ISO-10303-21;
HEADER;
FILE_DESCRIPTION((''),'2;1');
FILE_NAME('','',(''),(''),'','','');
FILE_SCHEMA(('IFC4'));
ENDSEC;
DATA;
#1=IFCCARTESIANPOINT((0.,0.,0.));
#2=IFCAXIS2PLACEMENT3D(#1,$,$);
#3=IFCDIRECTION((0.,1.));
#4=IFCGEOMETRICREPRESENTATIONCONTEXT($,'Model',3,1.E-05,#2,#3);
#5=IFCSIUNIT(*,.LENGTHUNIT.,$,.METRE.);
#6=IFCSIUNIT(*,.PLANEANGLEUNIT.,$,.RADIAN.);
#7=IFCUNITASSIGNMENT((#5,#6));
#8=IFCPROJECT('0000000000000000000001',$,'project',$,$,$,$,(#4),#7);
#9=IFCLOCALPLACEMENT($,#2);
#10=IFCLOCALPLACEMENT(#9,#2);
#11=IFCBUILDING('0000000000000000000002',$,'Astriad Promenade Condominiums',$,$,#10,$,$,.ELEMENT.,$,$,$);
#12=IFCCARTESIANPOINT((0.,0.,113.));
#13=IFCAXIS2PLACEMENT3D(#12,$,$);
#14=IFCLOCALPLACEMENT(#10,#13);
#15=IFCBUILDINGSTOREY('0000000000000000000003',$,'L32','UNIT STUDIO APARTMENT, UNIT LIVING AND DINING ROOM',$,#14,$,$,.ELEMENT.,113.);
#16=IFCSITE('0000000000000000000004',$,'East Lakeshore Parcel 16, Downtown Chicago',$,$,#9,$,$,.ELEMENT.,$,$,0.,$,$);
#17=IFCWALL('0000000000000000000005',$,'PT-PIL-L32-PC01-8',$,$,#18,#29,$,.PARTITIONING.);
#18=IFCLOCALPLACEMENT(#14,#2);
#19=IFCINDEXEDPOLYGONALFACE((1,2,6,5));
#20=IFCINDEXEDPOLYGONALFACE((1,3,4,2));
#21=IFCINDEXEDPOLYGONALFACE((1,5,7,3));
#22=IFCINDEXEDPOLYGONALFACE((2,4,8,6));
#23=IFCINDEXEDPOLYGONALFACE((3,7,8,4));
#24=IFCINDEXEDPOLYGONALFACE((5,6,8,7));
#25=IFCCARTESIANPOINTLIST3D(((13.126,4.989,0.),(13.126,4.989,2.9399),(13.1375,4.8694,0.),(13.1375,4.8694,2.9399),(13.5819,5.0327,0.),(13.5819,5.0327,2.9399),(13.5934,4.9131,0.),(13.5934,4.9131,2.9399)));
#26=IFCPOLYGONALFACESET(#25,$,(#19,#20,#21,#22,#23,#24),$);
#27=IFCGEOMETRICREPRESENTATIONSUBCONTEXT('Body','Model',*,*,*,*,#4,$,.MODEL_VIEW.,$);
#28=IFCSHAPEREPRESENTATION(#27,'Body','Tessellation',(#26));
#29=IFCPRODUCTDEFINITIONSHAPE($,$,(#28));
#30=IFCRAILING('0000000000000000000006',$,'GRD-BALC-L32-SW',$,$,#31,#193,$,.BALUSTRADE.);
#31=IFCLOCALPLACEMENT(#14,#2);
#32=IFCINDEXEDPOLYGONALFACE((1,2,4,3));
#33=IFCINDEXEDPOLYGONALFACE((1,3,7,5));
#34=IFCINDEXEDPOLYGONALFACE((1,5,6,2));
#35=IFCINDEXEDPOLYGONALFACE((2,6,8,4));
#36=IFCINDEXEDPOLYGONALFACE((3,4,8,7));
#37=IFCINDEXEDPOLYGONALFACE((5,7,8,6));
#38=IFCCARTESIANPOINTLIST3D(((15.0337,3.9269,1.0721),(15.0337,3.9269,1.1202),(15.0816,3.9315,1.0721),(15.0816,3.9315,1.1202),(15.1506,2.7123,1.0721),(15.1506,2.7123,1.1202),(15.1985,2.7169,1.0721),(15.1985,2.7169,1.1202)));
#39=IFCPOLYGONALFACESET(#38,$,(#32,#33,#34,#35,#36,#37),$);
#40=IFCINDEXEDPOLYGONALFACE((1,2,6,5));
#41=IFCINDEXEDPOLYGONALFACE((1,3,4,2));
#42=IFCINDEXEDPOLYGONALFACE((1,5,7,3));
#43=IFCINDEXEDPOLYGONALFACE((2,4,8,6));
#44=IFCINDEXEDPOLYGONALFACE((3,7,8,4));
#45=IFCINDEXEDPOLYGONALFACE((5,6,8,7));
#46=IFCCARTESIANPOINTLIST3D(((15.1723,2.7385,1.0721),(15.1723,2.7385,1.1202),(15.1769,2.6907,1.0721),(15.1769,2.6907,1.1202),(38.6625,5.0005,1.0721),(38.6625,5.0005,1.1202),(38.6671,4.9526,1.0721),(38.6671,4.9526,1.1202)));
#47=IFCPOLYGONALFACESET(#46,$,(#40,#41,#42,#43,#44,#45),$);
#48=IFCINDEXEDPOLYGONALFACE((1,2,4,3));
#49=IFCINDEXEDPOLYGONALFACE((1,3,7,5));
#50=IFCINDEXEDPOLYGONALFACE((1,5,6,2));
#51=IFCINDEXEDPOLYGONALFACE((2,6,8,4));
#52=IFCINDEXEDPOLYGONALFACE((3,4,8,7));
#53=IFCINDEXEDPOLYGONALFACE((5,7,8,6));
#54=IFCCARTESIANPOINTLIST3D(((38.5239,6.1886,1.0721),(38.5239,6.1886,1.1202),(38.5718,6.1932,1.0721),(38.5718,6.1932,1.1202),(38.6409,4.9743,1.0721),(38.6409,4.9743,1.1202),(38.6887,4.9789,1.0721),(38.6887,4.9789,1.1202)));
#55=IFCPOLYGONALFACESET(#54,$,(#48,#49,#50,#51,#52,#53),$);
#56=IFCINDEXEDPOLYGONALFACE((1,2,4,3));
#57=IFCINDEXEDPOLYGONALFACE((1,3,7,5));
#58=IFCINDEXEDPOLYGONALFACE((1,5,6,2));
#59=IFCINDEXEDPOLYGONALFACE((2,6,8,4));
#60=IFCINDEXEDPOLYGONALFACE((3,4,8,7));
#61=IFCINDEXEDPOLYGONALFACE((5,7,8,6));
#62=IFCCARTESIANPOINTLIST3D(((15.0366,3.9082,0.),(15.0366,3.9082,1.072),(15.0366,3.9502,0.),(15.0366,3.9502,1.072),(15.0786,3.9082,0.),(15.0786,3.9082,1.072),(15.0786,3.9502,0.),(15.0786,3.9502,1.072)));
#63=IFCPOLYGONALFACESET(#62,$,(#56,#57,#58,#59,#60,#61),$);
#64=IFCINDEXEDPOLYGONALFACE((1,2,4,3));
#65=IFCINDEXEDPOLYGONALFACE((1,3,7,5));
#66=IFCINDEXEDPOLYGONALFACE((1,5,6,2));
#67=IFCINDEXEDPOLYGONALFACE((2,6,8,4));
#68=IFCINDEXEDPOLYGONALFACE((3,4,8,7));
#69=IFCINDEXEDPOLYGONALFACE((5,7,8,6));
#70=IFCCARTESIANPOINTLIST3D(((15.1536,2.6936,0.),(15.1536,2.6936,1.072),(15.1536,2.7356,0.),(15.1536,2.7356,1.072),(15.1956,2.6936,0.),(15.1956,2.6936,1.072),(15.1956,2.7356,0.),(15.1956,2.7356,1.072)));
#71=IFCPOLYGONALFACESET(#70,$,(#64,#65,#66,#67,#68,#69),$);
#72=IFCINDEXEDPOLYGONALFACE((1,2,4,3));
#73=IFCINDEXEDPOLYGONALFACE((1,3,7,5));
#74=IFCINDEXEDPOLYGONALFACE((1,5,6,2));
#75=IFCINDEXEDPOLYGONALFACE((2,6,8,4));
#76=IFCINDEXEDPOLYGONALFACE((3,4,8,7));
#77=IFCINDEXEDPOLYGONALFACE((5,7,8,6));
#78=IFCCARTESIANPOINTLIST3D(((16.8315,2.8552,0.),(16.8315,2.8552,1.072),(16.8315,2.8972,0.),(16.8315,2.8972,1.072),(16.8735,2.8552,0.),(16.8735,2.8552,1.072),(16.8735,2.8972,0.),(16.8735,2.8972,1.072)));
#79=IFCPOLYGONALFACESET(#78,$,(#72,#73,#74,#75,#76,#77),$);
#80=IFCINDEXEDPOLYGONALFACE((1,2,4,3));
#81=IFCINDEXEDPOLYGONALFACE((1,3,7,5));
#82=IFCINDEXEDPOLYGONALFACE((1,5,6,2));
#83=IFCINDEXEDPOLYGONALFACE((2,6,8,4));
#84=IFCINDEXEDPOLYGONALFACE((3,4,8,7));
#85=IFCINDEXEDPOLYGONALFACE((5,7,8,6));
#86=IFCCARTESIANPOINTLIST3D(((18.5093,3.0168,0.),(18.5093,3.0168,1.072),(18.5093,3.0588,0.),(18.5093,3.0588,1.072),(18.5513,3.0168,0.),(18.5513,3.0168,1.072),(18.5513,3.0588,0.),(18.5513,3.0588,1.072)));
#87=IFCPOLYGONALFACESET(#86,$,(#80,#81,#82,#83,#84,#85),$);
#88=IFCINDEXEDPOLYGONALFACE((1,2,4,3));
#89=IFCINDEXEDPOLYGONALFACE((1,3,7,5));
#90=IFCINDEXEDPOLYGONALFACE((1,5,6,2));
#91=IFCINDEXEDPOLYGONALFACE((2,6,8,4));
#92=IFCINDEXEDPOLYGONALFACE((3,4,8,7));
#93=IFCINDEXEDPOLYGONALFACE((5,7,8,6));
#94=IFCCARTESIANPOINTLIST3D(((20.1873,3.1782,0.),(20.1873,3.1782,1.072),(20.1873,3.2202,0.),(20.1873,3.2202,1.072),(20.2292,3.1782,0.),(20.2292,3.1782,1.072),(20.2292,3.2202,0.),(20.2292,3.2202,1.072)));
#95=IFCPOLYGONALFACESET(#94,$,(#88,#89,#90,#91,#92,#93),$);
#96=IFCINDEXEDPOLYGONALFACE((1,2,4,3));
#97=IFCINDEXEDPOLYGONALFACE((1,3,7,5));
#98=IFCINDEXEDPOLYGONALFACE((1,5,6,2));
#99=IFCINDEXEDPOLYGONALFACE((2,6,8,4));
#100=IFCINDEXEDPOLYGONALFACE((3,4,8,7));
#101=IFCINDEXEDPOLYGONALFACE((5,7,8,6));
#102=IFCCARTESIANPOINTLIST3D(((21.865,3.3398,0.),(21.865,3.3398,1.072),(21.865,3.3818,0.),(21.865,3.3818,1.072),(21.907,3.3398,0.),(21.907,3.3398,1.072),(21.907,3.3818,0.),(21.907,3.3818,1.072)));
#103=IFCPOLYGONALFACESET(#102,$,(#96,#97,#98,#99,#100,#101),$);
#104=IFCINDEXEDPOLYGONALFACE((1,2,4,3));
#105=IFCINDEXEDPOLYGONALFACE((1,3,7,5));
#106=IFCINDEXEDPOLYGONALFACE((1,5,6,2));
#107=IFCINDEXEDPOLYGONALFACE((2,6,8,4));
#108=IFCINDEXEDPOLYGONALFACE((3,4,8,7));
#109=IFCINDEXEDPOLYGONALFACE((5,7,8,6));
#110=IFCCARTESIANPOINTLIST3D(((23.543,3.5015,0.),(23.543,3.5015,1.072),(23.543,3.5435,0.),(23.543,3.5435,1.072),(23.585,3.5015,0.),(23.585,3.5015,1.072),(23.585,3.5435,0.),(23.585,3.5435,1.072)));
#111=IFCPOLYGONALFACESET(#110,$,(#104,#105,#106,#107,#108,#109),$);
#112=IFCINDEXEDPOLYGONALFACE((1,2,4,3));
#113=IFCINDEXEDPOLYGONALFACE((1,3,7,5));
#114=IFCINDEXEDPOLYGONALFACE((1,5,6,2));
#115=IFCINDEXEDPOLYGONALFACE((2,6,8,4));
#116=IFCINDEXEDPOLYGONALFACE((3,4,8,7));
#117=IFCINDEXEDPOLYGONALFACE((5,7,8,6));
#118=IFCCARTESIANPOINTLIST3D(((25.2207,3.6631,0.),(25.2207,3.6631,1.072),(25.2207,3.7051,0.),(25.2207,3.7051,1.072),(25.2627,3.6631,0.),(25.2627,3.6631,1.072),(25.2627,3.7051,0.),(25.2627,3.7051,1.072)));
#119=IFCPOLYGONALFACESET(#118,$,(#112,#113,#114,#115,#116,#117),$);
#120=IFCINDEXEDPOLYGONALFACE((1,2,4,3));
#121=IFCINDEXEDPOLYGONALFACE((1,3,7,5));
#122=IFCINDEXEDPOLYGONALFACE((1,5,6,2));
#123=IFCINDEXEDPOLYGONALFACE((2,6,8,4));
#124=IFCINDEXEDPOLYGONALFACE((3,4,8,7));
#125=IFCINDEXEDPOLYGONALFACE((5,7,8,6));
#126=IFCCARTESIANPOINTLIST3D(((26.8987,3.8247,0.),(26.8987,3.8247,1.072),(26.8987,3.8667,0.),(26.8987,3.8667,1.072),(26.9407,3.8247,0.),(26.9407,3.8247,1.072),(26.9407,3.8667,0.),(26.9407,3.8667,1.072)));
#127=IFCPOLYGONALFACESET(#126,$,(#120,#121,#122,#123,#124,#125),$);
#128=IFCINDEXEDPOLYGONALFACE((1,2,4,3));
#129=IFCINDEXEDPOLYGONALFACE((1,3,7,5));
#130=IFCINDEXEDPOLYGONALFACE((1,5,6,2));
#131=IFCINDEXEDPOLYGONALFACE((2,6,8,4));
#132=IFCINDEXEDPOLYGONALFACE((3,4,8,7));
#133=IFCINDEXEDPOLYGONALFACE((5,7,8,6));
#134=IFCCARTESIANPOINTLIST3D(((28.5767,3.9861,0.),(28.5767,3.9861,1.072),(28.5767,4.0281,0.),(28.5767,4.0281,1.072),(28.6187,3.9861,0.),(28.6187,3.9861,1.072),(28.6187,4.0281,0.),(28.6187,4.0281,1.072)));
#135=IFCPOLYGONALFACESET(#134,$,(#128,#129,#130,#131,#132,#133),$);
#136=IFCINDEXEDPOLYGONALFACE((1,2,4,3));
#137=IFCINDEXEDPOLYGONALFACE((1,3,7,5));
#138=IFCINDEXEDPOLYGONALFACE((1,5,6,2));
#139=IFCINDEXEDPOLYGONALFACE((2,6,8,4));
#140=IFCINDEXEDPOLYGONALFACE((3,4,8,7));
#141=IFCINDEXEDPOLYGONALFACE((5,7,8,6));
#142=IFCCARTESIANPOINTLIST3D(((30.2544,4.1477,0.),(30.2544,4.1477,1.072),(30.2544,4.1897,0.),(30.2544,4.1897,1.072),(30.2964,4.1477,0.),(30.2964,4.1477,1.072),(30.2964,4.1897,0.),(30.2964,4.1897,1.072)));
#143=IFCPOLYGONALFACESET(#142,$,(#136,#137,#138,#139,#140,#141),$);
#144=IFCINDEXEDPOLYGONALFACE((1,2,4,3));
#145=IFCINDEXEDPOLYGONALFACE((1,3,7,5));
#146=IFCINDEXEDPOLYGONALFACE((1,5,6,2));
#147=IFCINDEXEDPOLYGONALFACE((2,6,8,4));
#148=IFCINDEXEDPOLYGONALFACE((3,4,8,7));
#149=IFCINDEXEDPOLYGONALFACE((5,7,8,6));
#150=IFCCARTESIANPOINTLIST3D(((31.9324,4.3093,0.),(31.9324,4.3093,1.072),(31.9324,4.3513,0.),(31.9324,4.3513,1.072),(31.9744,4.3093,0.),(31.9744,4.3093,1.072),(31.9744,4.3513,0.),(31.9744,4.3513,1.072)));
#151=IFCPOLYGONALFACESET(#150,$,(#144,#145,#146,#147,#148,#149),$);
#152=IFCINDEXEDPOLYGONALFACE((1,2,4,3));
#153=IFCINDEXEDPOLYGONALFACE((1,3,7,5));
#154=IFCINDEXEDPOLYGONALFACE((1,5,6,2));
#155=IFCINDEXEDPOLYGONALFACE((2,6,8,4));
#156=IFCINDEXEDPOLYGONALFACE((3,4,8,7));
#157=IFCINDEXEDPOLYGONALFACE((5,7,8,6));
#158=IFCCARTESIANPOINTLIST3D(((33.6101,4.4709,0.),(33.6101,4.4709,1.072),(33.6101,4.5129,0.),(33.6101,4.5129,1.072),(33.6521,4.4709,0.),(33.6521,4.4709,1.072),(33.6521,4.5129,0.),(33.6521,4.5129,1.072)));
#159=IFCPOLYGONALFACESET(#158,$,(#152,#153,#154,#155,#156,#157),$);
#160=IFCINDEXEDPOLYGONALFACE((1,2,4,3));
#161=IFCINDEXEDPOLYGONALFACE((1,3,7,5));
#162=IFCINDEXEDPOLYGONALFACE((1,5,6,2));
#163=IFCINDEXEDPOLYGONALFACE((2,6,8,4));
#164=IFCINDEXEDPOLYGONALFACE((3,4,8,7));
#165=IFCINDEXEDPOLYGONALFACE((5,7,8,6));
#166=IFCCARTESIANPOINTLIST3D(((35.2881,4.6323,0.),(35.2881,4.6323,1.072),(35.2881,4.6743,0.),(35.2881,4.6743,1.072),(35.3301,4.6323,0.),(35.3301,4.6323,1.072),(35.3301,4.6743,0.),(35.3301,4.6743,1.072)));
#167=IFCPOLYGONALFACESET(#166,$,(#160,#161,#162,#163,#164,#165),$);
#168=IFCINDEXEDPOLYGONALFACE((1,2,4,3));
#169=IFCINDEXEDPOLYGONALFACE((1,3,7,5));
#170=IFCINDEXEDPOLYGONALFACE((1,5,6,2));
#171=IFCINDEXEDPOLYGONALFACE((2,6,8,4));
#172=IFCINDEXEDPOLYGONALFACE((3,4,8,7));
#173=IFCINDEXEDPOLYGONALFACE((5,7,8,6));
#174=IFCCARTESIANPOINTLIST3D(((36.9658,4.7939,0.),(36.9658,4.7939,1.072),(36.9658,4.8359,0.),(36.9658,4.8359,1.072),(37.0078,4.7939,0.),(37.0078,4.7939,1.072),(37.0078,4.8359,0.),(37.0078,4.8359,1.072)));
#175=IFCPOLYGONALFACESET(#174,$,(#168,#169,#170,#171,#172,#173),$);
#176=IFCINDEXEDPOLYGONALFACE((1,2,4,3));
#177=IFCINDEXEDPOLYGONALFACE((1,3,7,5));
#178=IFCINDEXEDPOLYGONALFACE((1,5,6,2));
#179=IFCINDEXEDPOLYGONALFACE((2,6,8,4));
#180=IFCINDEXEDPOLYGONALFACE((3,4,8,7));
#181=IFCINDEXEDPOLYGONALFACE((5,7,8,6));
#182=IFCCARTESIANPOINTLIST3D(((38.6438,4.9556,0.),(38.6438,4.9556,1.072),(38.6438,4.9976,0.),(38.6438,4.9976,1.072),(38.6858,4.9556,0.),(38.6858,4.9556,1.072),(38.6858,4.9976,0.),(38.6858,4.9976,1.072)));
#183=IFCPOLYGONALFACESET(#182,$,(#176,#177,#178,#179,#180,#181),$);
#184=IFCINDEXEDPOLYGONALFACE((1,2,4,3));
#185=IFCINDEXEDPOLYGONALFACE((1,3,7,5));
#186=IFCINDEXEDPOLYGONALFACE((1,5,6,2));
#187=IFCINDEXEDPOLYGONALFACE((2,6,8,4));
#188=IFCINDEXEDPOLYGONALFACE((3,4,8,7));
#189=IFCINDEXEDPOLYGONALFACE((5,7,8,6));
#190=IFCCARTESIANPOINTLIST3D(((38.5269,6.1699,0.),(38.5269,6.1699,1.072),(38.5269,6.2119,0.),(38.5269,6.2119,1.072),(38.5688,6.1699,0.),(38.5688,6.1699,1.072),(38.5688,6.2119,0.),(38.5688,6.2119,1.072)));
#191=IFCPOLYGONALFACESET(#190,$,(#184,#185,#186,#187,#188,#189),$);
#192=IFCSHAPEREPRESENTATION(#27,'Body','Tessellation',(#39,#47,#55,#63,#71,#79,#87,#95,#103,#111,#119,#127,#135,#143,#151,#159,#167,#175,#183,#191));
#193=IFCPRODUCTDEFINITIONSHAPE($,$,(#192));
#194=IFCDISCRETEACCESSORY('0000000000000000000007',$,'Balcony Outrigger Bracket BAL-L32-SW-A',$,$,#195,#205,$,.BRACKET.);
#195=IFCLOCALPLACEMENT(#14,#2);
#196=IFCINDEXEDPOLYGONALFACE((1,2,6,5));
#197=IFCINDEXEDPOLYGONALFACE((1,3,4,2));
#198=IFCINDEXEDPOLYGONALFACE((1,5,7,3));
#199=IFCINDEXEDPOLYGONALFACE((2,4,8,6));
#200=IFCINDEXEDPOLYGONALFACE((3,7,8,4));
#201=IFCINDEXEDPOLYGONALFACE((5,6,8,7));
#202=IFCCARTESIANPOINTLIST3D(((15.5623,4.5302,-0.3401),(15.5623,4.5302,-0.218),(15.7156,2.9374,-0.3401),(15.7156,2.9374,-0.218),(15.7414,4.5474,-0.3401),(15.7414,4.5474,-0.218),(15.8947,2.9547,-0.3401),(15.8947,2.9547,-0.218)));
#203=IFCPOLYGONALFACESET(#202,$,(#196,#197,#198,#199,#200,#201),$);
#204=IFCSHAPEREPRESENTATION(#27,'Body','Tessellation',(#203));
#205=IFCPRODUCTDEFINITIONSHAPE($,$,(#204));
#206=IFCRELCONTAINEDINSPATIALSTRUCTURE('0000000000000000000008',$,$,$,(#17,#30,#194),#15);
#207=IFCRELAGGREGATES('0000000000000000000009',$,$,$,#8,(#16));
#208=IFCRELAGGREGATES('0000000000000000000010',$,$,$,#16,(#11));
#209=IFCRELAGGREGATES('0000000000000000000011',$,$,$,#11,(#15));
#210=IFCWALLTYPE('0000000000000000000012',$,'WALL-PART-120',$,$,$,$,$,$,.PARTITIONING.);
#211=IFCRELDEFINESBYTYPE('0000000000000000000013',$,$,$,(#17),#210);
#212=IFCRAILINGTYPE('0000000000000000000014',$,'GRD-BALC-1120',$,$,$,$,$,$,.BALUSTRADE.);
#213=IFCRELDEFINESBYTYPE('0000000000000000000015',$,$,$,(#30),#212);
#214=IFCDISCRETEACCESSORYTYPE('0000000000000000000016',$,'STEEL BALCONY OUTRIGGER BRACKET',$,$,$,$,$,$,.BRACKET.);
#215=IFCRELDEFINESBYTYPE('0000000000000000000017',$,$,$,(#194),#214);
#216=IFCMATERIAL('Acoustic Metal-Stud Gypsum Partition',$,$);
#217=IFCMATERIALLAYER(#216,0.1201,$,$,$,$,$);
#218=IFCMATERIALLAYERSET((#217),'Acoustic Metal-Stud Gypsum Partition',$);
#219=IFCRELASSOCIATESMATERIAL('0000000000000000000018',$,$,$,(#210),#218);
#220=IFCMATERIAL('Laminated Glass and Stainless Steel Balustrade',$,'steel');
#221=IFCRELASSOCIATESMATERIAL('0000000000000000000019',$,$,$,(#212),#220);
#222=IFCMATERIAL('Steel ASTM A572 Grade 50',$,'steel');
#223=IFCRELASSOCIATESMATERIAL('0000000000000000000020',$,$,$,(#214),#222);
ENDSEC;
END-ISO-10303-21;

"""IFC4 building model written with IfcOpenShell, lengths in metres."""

from ifc_helpers import new_model, si_unit, direction, frame, frame_2d, origin, origin_2d, place, context, subcontext, project, spatial, rectangle, extrude, source, transform, mapped, material, layer, layer_set, type_object, type_shapes, element, save


model = new_model("IFC4")

# Units and contexts
model_context = context("Model", 3, precision=1e-05, world=origin(), true_north=direction((0.0, 1.0)))
body_context = subcontext(model_context, "Body", "Model", "MODEL_VIEW")
ifc_project = project(units=[si_unit("LENGTHUNIT", "METRE"), si_unit("PLANEANGLEUNIT", "RADIAN")], contexts=[model_context])

# Site, building, storey
site_placement = place(None, origin())
site = spatial("IfcSite", under=ifc_project, at=site_placement, Name="East Lakeshore Parcel 16, Downtown Chicago", CompositionType="ELEMENT", RefElevation=0.0)
building_placement = place(site_placement, origin())
building = spatial("IfcBuilding", under=site, at=building_placement, Name="Astriad Promenade Condominiums", CompositionType="ELEMENT")
storey_placement = place(building_placement, frame((0.0, 0.0, 113.0)))
storey = spatial("IfcBuildingStorey", under=building, at=storey_placement, Name="L32", Description="UNIT STUDIO APARTMENT, UNIT LIVING AND DINING ROOM", CompositionType="ELEMENT", Elevation=113.0)

# Shared definitions
ifc_material_1 = material(Name="Acoustic Metal-Stud Gypsum Partition")
ifc_layer_1 = layer(ifc_material_1, 0.1201)
ifc_layer_set_1 = layer_set([ifc_layer_1], Name="Acoustic Metal-Stud Gypsum Partition")
wall_type_1 = type_object("IfcWallType", Name="WALL-PART-120", PredefinedType="PARTITIONING", material=ifc_layer_set_1)

# Wall
wall_1_placement = place(storey_placement, frame((13.5876, 4.9729, 0.0), z_axis=(0.0, 0.0, 1.0), x_axis=(-0.995435, -0.095438, 0.0)))
element("IfcWall", 1, at=wall_1_placement, inside=storey, type_object=wall_type_1, Name="PT-PIL-L32-PC01-8", PredefinedType="PARTITIONING", context=body_context, shape_type="SweptSolid", body=[
    extrude(rectangle(XDim=0.458, YDim=0.1201, at=frame_2d((0.229, 0.0))), origin(), (0.0, 0.0, 1.0), 2.9399),
])

# Railing
ifc_material_2 = material(Name="Laminated Glass and Stainless Steel Balustrade", Category="steel")
railing_type = type_object("IfcRailingType", Name="GRD-BALC-1120", PredefinedType="BALUSTRADE", material=ifc_material_2)
shared_shape_1 = source(origin(), body_context, "Body", "SweptSolid", [
    extrude(rectangle(XDim=0.0481, YDim=0.0481, at=origin_2d()), frame((0.0, 0.0, 1.0962), z_axis=(0.095838, -0.995397, 0.0), x_axis=(0.995397, 0.095838, 0.0)), (0.0, 0.0, 1.0), 1.2202),
    extrude(rectangle(XDim=0.0481, YDim=0.0481, at=origin_2d()), frame((0.1169, -1.2146, 1.0962), z_axis=(0.995396, 0.09585, 0.0), x_axis=(-0.09585, 0.995396, 0.0)), (0.0, 0.0, 1.0), 23.5989),
    extrude(rectangle(XDim=0.0481, YDim=0.0481, at=origin_2d()), frame((23.6072, 1.0474, 1.0962), z_axis=(-0.095857, 0.995395, 0.0), x_axis=(-0.995395, -0.095857, 0.0)), (0.0, 0.0, 1.0), 1.22),
    extrude(rectangle(XDim=0.042, YDim=0.042, at=origin_2d()), origin(), (0.0, 0.0, 1.0), 1.072),
    extrude(rectangle(XDim=0.042, YDim=0.042, at=origin_2d()), frame((0.1169, -1.2146, 0.0)), (0.0, 0.0, 1.0), 1.072),
    extrude(rectangle(XDim=0.042, YDim=0.042, at=origin_2d()), frame((1.7949, -1.053, 0.0)), (0.0, 0.0, 1.0), 1.072),
    extrude(rectangle(XDim=0.042, YDim=0.042, at=origin_2d()), frame((3.4727, -0.8914, 0.0)), (0.0, 0.0, 1.0), 1.072),
    extrude(rectangle(XDim=0.042, YDim=0.042, at=origin_2d()), frame((5.1506, -0.73, 0.0)), (0.0, 0.0, 1.0), 1.072),
    extrude(rectangle(XDim=0.042, YDim=0.042, at=origin_2d()), frame((6.8284, -0.5684, 0.0)), (0.0, 0.0, 1.0), 1.072),
    extrude(rectangle(XDim=0.042, YDim=0.042, at=origin_2d()), frame((8.5063, -0.4067, 0.0)), (0.0, 0.0, 1.0), 1.072),
    extrude(rectangle(XDim=0.042, YDim=0.042, at=origin_2d()), frame((10.1841, -0.2451, 0.0)), (0.0, 0.0, 1.0), 1.072),
    extrude(rectangle(XDim=0.042, YDim=0.042, at=origin_2d()), frame((11.8621, -0.0835, 0.0)), (0.0, 0.0, 1.0), 1.072),
    extrude(rectangle(XDim=0.042, YDim=0.042, at=origin_2d()), frame((13.54, 0.0779, 0.0)), (0.0, 0.0, 1.0), 1.072),
    extrude(rectangle(XDim=0.042, YDim=0.042, at=origin_2d()), frame((15.2178, 0.2395, 0.0)), (0.0, 0.0, 1.0), 1.072),
    extrude(rectangle(XDim=0.042, YDim=0.042, at=origin_2d()), frame((16.8958, 0.4011, 0.0)), (0.0, 0.0, 1.0), 1.072),
    extrude(rectangle(XDim=0.042, YDim=0.042, at=origin_2d()), frame((18.5735, 0.5627, 0.0)), (0.0, 0.0, 1.0), 1.072),
    extrude(rectangle(XDim=0.042, YDim=0.042, at=origin_2d()), frame((20.2515, 0.7241, 0.0)), (0.0, 0.0, 1.0), 1.072),
    extrude(rectangle(XDim=0.042, YDim=0.042, at=origin_2d()), frame((21.9292, 0.8857, 0.0)), (0.0, 0.0, 1.0), 1.072),
    extrude(rectangle(XDim=0.042, YDim=0.042, at=origin_2d()), frame((23.6072, 1.0474, 0.0)), (0.0, 0.0, 1.0), 1.072),
    extrude(rectangle(XDim=0.042, YDim=0.042, at=origin_2d()), frame((23.4902, 2.2617, 0.0)), (0.0, 0.0, 1.0), 1.072),
])
type_shapes(railing_type, [shared_shape_1])
railing_placement = place(storey_placement, frame((15.0576, 3.9292, 0.0)))
element("IfcRailing", 2, at=railing_placement, inside=storey, type_object=railing_type, Name="GRD-BALC-L32-SW", PredefinedType="BALUSTRADE", context=body_context, shape_type="MappedRepresentation", body=[
    mapped(shared_shape_1, transform((0.0, 0.0, 0.0), scale=1.0)),
])

# Discrete accessory
ifc_material_3 = material(Name="Steel ASTM A572 Grade 50", Category="steel")
discrete_accessory_type = type_object("IfcDiscreteAccessoryType", Name="STEEL BALCONY OUTRIGGER BRACKET", PredefinedType="BRACKET", material=ifc_material_3)
shared_shape_2 = source(origin(), body_context, "Body", "SweptSolid", [
    extrude(rectangle(XDim=1.6001, YDim=0.1799, at=origin_2d()), origin(), (0.0, 0.0, 1.0), 0.1221),
])
type_shapes(discrete_accessory_type, [shared_shape_2])
discrete_accessory_placement = place(storey_placement, frame((15.7285, 3.7424, -0.3401), z_axis=(0.0, 0.0, 1.0), x_axis=(0.095846, -0.995396, 0.0)))
element("IfcDiscreteAccessory", 3, at=discrete_accessory_placement, inside=storey, type_object=discrete_accessory_type, Name="Balcony Outrigger Bracket BAL-L32-SW-A", PredefinedType="BRACKET", context=body_context, shape_type="MappedRepresentation", body=[
    mapped(shared_shape_2, transform((0.0, 0.0, 0.0), scale=1.0)),
])

save(model, "model.ifc")
